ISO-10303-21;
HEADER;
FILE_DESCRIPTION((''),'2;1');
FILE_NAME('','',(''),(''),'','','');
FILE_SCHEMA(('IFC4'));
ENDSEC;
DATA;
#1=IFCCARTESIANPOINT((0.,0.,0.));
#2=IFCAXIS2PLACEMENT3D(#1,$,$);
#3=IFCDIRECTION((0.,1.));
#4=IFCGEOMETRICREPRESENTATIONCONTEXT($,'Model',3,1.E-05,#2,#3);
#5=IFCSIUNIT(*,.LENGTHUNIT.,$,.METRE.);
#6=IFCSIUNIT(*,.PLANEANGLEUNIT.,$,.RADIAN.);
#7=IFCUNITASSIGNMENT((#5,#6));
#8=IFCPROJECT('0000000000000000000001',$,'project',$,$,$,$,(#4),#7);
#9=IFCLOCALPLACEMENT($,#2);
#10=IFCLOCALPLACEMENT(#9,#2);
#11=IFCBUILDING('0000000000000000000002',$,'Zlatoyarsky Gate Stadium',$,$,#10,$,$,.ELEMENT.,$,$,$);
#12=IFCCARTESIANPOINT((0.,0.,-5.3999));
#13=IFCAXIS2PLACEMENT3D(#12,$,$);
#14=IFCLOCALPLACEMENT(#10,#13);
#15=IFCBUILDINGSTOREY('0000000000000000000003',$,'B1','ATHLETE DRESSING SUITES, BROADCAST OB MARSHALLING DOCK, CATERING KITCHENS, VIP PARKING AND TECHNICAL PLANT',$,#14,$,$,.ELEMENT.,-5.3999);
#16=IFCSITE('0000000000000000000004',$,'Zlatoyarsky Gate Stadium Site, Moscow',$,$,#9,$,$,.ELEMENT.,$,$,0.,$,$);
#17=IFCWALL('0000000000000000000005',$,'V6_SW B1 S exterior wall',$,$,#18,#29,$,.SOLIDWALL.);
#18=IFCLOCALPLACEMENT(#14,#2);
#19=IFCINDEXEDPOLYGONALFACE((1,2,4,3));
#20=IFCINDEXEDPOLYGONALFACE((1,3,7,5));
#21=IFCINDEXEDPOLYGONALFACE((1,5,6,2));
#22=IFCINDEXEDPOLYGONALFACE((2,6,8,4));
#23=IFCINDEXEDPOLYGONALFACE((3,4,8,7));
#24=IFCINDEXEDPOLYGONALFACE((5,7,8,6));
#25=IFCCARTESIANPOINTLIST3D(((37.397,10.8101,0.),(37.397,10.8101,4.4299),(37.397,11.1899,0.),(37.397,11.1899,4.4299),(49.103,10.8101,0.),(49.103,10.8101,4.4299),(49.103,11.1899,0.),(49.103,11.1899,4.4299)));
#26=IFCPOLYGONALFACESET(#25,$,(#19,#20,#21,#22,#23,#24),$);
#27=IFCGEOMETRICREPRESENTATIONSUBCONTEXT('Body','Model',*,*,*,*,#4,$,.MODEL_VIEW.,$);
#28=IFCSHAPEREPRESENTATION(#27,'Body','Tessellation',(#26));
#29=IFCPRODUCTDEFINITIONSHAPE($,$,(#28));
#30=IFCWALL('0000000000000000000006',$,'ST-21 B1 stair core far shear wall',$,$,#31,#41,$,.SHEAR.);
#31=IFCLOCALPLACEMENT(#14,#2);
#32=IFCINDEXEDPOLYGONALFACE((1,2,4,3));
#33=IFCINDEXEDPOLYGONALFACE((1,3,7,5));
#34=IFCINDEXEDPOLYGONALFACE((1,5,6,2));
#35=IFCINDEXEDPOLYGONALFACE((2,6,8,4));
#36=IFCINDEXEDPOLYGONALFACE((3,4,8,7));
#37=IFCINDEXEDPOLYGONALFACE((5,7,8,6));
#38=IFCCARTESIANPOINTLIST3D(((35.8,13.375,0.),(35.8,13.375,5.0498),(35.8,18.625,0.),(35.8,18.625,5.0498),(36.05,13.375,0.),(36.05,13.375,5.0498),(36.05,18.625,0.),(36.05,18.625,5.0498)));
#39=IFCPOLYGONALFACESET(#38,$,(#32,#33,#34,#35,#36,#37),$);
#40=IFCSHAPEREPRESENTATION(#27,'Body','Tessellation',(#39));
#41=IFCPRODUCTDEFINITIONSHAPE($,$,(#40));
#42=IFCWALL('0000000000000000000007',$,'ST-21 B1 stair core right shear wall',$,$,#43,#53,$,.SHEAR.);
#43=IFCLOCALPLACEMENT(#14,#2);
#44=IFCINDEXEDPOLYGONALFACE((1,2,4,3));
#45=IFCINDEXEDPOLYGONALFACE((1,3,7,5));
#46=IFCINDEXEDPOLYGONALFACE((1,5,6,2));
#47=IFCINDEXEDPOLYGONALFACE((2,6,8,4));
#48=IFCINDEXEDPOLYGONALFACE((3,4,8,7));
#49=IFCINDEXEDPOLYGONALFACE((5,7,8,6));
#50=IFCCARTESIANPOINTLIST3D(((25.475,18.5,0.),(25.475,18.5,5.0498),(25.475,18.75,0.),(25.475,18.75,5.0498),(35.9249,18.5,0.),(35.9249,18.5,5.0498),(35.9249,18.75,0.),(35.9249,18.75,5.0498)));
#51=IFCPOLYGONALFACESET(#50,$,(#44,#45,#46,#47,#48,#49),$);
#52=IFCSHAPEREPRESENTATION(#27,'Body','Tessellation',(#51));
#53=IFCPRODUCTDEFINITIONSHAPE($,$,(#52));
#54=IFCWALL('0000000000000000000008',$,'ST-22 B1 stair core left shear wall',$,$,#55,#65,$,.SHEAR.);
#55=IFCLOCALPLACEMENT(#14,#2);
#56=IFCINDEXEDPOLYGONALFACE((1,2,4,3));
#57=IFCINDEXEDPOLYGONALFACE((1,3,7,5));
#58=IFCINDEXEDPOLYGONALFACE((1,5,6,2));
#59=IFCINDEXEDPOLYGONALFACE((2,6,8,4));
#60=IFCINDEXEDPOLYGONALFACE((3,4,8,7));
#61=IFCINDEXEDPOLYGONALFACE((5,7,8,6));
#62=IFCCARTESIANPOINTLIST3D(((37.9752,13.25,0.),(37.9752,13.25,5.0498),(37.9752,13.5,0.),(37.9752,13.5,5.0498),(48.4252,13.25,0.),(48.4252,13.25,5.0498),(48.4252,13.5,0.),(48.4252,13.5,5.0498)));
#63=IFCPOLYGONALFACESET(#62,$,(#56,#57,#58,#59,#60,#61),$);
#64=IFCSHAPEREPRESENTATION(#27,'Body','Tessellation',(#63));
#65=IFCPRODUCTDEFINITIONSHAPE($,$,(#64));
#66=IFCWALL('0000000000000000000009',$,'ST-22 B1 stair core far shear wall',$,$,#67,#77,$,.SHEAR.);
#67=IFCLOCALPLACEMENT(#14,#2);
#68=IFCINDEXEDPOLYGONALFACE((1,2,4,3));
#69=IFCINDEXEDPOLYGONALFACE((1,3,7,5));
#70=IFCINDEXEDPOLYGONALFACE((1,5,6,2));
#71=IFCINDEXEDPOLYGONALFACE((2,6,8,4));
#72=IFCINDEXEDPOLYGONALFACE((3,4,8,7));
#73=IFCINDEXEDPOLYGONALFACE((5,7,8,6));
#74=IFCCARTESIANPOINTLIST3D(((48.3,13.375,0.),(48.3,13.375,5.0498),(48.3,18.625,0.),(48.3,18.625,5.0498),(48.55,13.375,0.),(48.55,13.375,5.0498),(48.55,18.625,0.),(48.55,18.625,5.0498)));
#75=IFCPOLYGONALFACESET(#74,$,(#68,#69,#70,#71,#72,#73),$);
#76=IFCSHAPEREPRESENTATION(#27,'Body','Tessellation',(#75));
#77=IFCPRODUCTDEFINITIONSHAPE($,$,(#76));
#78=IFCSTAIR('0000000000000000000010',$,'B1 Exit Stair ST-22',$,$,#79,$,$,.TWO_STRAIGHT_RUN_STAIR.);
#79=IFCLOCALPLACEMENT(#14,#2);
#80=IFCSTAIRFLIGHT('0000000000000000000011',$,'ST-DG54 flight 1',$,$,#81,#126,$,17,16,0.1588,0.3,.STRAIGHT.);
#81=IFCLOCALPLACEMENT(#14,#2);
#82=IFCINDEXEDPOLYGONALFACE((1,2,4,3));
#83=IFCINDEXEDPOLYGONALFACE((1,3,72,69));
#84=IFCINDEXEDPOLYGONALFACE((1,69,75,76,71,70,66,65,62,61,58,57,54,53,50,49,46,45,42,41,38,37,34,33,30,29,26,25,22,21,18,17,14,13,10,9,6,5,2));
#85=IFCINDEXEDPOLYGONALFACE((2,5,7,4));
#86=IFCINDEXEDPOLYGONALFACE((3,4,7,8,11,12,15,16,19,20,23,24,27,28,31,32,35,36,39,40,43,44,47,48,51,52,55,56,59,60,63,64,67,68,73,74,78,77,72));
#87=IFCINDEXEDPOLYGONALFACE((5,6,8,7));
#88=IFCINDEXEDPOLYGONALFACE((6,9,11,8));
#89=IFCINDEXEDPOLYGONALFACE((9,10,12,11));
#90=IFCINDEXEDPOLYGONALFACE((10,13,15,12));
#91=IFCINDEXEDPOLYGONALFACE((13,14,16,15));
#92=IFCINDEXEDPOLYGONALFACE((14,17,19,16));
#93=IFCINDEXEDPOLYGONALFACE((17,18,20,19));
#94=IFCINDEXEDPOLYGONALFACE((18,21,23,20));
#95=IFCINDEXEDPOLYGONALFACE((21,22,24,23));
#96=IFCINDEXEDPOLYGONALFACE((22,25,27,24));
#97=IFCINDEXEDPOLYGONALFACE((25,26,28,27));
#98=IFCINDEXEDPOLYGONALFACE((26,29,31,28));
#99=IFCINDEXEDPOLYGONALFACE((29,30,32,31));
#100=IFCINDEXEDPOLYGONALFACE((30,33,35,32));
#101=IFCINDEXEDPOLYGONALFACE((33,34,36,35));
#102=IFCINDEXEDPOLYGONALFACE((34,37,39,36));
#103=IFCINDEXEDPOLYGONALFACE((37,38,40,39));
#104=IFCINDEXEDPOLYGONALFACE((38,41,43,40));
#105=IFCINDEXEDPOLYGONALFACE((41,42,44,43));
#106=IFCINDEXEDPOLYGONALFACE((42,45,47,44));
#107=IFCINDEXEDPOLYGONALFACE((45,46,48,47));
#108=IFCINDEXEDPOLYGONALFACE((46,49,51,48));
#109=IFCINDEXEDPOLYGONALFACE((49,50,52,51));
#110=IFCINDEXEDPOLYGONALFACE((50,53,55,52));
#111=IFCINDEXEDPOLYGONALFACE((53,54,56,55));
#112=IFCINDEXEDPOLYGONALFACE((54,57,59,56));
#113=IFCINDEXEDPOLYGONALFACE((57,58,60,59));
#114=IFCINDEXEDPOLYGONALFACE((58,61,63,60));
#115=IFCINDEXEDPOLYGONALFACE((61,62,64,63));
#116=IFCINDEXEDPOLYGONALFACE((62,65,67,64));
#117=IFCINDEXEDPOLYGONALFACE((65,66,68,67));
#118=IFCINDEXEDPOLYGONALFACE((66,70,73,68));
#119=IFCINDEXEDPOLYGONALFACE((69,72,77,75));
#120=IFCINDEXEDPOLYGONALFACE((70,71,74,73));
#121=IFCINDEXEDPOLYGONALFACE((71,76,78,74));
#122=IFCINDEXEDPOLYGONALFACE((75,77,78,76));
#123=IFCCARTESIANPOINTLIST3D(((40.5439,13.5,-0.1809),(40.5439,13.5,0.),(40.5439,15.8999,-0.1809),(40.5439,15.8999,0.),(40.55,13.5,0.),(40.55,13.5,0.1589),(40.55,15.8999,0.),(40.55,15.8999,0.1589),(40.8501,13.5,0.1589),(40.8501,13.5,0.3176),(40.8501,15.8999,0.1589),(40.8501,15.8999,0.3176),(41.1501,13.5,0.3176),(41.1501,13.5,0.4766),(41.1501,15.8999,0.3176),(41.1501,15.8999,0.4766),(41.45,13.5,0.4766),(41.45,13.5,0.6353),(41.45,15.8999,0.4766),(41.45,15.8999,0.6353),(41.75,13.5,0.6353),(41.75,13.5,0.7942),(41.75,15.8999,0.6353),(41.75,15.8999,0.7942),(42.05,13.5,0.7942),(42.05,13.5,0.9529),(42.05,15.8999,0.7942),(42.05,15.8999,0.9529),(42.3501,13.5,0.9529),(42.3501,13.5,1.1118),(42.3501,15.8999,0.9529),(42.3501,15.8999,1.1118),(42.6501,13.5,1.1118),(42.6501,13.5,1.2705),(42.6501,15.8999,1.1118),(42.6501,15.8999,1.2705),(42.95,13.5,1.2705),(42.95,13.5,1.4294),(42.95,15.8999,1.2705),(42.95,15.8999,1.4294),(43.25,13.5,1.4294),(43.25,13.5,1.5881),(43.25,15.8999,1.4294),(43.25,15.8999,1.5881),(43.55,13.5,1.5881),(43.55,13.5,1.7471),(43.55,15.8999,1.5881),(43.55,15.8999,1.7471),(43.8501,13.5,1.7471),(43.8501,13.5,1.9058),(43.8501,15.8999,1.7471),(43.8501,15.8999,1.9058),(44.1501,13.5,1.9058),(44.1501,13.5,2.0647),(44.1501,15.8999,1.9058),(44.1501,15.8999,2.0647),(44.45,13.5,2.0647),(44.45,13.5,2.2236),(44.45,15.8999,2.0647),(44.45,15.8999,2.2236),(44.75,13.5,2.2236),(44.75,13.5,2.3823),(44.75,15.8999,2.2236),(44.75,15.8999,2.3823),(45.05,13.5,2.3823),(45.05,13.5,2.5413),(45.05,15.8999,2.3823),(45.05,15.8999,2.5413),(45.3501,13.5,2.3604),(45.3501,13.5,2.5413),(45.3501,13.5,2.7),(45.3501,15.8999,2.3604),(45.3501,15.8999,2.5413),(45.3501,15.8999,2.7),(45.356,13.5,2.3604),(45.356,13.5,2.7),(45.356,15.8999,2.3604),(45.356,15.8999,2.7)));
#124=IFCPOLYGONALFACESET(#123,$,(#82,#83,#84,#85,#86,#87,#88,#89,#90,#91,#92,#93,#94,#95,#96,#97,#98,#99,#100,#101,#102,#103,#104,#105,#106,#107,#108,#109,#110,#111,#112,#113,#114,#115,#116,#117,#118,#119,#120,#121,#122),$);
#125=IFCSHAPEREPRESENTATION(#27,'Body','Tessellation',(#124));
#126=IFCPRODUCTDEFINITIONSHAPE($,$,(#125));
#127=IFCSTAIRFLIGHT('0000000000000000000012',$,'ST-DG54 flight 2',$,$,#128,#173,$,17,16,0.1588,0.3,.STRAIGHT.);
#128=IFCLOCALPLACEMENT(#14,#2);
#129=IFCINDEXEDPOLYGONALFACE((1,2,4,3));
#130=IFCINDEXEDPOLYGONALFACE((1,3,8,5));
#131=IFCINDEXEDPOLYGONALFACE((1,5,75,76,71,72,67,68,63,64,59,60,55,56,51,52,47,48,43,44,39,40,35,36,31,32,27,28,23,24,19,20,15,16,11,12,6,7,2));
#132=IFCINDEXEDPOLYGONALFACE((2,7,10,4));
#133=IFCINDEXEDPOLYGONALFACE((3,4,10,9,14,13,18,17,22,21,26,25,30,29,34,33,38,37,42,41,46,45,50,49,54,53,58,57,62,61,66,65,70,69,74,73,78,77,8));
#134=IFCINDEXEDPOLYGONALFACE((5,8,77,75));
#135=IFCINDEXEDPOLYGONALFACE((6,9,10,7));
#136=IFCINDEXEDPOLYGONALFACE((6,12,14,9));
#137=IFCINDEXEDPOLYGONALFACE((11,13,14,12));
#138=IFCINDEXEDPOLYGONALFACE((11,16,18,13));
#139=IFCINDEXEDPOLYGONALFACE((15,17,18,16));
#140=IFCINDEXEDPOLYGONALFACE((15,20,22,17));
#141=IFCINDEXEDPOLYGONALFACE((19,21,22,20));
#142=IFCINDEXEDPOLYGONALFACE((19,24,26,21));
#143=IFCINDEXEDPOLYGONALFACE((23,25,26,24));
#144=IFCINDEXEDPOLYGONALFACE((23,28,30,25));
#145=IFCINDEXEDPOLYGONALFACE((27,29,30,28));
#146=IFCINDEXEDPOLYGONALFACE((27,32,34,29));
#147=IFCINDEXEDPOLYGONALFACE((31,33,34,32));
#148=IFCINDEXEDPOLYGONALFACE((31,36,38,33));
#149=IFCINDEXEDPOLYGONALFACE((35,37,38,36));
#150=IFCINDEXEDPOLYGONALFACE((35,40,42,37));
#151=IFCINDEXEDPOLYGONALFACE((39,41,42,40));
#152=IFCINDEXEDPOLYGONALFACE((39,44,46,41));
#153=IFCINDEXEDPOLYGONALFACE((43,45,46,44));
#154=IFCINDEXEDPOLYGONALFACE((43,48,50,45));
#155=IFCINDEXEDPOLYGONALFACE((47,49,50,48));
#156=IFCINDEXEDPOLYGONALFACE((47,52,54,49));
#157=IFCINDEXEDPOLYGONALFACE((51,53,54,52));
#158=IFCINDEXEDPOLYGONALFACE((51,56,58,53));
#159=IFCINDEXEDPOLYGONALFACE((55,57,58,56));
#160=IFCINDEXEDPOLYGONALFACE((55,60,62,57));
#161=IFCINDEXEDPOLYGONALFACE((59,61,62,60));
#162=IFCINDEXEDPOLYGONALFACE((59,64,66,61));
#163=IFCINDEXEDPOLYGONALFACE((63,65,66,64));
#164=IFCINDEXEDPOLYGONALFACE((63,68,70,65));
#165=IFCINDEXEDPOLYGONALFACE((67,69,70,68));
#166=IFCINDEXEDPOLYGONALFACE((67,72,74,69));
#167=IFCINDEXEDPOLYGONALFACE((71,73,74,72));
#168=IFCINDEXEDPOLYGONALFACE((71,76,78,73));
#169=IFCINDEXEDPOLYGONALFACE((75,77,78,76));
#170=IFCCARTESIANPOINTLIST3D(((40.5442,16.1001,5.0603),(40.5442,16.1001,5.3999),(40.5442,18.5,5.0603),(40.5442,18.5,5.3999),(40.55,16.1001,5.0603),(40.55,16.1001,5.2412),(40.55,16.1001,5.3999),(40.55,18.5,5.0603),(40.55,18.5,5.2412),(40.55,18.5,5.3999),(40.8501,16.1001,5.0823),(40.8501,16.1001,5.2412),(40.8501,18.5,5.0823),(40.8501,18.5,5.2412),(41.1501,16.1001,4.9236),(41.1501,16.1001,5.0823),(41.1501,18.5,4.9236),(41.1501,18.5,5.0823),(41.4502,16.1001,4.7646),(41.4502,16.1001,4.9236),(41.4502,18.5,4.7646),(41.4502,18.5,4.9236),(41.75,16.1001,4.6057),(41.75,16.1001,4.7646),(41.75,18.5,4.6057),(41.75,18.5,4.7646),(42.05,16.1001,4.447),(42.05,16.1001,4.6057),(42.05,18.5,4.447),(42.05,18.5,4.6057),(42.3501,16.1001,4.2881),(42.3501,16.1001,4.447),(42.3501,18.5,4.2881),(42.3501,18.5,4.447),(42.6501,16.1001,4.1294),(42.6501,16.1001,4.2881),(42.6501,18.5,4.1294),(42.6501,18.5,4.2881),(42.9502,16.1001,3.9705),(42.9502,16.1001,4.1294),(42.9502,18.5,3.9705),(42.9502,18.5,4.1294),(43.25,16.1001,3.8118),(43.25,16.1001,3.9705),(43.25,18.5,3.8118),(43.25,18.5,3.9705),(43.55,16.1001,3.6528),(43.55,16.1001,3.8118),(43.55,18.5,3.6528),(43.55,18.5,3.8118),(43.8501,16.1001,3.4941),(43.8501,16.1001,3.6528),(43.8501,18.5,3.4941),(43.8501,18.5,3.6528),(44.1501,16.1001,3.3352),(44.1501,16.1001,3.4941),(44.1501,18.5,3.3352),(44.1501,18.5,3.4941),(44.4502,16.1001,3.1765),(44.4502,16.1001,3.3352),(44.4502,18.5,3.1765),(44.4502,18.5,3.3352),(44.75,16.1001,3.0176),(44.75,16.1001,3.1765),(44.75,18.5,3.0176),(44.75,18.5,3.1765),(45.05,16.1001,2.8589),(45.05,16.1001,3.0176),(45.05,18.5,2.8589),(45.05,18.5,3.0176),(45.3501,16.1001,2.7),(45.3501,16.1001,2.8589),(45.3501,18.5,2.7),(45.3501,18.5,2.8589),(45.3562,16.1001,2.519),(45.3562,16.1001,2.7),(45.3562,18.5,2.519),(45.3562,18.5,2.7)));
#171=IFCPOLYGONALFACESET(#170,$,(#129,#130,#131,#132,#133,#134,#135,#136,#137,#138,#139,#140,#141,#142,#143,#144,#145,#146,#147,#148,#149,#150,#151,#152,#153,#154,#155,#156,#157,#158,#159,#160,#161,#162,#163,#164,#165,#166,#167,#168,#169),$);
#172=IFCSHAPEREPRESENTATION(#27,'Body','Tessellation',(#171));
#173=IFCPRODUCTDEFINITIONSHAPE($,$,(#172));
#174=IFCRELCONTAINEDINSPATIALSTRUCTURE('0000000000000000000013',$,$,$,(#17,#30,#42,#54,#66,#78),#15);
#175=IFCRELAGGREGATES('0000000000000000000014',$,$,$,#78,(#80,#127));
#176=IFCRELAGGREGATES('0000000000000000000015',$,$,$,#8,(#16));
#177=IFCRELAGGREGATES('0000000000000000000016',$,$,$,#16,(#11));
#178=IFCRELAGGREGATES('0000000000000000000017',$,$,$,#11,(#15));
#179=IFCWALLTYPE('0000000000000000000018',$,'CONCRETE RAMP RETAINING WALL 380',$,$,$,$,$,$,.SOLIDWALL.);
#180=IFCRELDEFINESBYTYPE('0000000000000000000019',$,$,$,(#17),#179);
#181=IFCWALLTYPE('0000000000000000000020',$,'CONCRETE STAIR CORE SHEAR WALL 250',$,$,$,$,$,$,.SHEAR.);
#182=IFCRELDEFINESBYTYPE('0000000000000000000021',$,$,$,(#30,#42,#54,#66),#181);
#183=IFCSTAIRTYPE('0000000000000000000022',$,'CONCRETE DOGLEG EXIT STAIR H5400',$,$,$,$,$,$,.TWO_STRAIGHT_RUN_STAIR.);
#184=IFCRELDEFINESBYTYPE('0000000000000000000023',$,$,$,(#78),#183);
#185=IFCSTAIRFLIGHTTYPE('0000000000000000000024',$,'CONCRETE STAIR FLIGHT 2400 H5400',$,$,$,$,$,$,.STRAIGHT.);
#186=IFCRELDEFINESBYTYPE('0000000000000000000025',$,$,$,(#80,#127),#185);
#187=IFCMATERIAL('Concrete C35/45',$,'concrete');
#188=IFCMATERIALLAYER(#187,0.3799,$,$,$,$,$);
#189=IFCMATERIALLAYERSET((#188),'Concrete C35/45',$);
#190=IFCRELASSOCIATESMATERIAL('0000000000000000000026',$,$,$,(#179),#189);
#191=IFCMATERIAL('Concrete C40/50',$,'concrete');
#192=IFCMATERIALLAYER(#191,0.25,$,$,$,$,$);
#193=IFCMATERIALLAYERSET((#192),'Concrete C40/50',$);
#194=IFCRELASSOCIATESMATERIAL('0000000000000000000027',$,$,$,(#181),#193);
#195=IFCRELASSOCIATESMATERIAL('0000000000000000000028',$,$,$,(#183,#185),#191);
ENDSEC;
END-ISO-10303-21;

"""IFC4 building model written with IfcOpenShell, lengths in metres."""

from ifc_helpers import new_model, si_unit, direction, frame, frame_2d, origin, place, context, subcontext, project, spatial, polyline, rectangle, outline, extrude, material, layer, layer_set, type_object, element, aggregate, save


model = new_model("IFC4")

# Units and contexts
model_context = context("Model", 3, precision=1e-05, world=origin(), true_north=direction((0.0, 1.0)))
body_context = subcontext(model_context, "Body", "Model", "MODEL_VIEW")
ifc_project = project(units=[si_unit("LENGTHUNIT", "METRE"), si_unit("PLANEANGLEUNIT", "RADIAN")], contexts=[model_context])

# Site, building, storey
site_placement = place(None, origin())
site = spatial("IfcSite", under=ifc_project, at=site_placement, Name="Zlatoyarsky Gate Stadium Site, Moscow", CompositionType="ELEMENT", RefElevation=0.0)
building_placement = place(site_placement, origin())
building = spatial("IfcBuilding", under=site, at=building_placement, Name="Zlatoyarsky Gate Stadium", CompositionType="ELEMENT")
storey_placement = place(building_placement, frame((0.0, 0.0, -5.3999)))
storey = spatial("IfcBuildingStorey", under=building, at=storey_placement, Name="B1", Description="ATHLETE DRESSING SUITES, BROADCAST OB MARSHALLING DOCK, CATERING KITCHENS, VIP PARKING AND TECHNICAL PLANT", CompositionType="ELEMENT", Elevation=-5.3999)

# Shared definitions
ifc_material_1 = material(Name="Concrete C35/45", Category="concrete")

# Shared definitions
ifc_material_2 = material(Name="Concrete C40/50", Category="concrete")

# Walls
ifc_layer_1 = layer(ifc_material_1, 0.3799)
ifc_layer_set_1 = layer_set([ifc_layer_1], Name="Concrete C35/45")
wall_type_1 = type_object("IfcWallType", Name="CONCRETE RAMP RETAINING WALL 380", PredefinedType="SOLIDWALL", material=ifc_layer_set_1)
wall_1_placement = place(storey_placement, frame((37.397, 11.0, 0.0), z_axis=(0.0, 0.0, 1.0), x_axis=(1.0, 0.0, 0.0)))
element("IfcWall", 1, at=wall_1_placement, inside=storey, type_object=wall_type_1, Name="V6_SW B1 S exterior wall", PredefinedType="SOLIDWALL", context=body_context, shape_type="SweptSolid", body=[
    extrude(rectangle(XDim=11.7061, YDim=0.3799, at=frame_2d((5.853, 0.0))), origin(), (0.0, 0.0, 1.0), 4.4299),
])
ifc_layer_2 = layer(ifc_material_2, 0.25)
ifc_layer_set_2 = layer_set([ifc_layer_2], Name="Concrete C40/50")
wall_type_2 = type_object("IfcWallType", Name="CONCRETE STAIR CORE SHEAR WALL 250", PredefinedType="SHEAR", material=ifc_layer_set_2)
wall_2_placement = place(storey_placement, frame((35.925, 13.375, 0.0), z_axis=(0.0, 0.0, 1.0), x_axis=(0.0, 1.0, 0.0)))
element("IfcWall", 2, at=wall_2_placement, inside=storey, type_object=wall_type_2, Name="ST-21 B1 stair core far shear wall", PredefinedType="SHEAR", context=body_context, shape_type="SweptSolid", body=[
    extrude(rectangle(XDim=5.25, YDim=0.25, at=frame_2d((2.625, 0.0))), origin(), (0.0, 0.0, 1.0), 5.0498),
])
for number, where, z_axis, x_axis, name in (
    (3, (35.925, 18.625, 0.0), (0.0, 0.0, 1.0), (-1.0, 0.0, 0.0), "ST-21 B1 stair core right shear wall"),
    (4, (37.9751, 13.375, 0.0), (0.0, 0.0, 1.0), (1.0, 0.0, 0.0), "ST-22 B1 stair core left shear wall"),
):
    element("IfcWall", number, at=place(storey_placement, frame(where, z_axis=z_axis, x_axis=x_axis)), inside=storey, type_object=wall_type_2, Name=name, PredefinedType="SHEAR", context=body_context, shape_type="SweptSolid", body=[
        extrude(rectangle(XDim=10.45, YDim=0.25, at=frame_2d((5.2251, 0.0))), origin(), (0.0, 0.0, 1.0), 5.0498),
    ])
wall_3_placement = place(storey_placement, frame((48.425, 13.375, 0.0), z_axis=(0.0, 0.0, 1.0), x_axis=(0.0, 1.0, 0.0)))
element("IfcWall", 5, at=wall_3_placement, inside=storey, type_object=wall_type_2, Name="ST-22 B1 stair core far shear wall", PredefinedType="SHEAR", context=body_context, shape_type="SweptSolid", body=[
    extrude(rectangle(XDim=5.25, YDim=0.25, at=frame_2d((2.625, 0.0))), origin(), (0.0, 0.0, 1.0), 5.0498),
])

# Stair, stair flights
stair_type = type_object("IfcStairType", Name="CONCRETE DOGLEG EXIT STAIR H5400", PredefinedType="TWO_STRAIGHT_RUN_STAIR", material=ifc_material_2)
stair_placement = place(storey_placement, origin())
stair = element("IfcStair", 6, at=stair_placement, inside=storey, type_object=stair_type, Name="B1 Exit Stair ST-22", PredefinedType="TWO_STRAIGHT_RUN_STAIR")
stair_flight_type = type_object("IfcStairFlightType", Name="CONCRETE STAIR FLIGHT 2400 H5400", PredefinedType="STRAIGHT", material=ifc_material_2)
stair_flight_1_placement = place(storey_placement, frame((40.55, 14.7, 0.0), z_axis=(0.0, 0.0, 1.0), x_axis=(1.0, 0.0, 0.0)))
stair_flight_1 = element("IfcStairFlight", 7, at=stair_flight_1_placement, type_object=stair_flight_type, Name="ST-DG54 flight 1", NumberOfRisers=17, NumberOfTreads=16, PredefinedType="STRAIGHT", RiserHeight=0.1588, TreadLength=0.3, context=body_context, shape_type="SweptSolid", body=[
    extrude(outline(polyline([(-0.0061, -0.1809), (-0.0061, 0.0), (0.0, 0.0), (0.0, 0.1589), (0.3, 0.1589), (0.3, 0.3176), (0.6001, 0.3176), (0.6001, 0.4766), (0.8999, 0.4766), (0.8999, 0.6353), (1.2, 0.6353), (1.2, 0.7942), (1.5, 0.7942), (1.5, 0.9529), (1.8, 0.9529), (1.8, 1.1118), (2.1001, 1.1118), (2.1001, 1.2705), (2.3999, 1.2705), (2.3999, 1.4294), (2.7, 1.4294), (2.7, 1.5881), (3.0, 1.5881), (3.0, 1.7471), (3.3, 1.7471), (3.3, 1.9058), (3.6001, 1.9058), (3.6001, 2.0647), (3.8999, 2.0647), (3.8999, 2.2236), (4.2, 2.2236), (4.2, 2.3823), (4.5, 2.3823), (4.5, 2.5413), (4.8, 2.5413), (4.8, 2.7), (4.8059, 2.7), (4.8059, 2.3604), (4.8, 2.3604), (-0.0061, -0.1809)])), frame((0.0, 1.2, 0.0), z_axis=(0.0, -1.0, 0.0), x_axis=(1.0, 0.0, 0.0)), (0.0, 0.0, 1.0), 2.3999),
])
stair_flight_2_placement = place(storey_placement, frame((45.3501, 17.3, 2.7), z_axis=(0.0, 0.0, 1.0), x_axis=(-1.0, 0.0, 0.0)))
stair_flight_2 = element("IfcStairFlight", 8, at=stair_flight_2_placement, type_object=stair_flight_type, Name="ST-DG54 flight 2", NumberOfRisers=17, NumberOfTreads=16, PredefinedType="STRAIGHT", RiserHeight=0.1588, TreadLength=0.3, context=body_context, shape_type="SweptSolid", body=[
    extrude(outline(polyline([(-0.0061, -0.1809), (-0.0061, 0.0), (0.0, 0.0), (0.0, 0.1589), (0.3, 0.1589), (0.3, 0.3176), (0.6001, 0.3176), (0.6001, 0.4766), (0.8999, 0.4766), (0.8999, 0.6353), (1.2, 0.6353), (1.2, 0.7942), (1.5, 0.7942), (1.5, 0.9529), (1.8, 0.9529), (1.8, 1.1118), (2.1001, 1.1118), (2.1001, 1.2705), (2.3999, 1.2705), (2.3999, 1.4294), (2.7, 1.4294), (2.7, 1.5881), (3.0, 1.5881), (3.0, 1.7471), (3.3, 1.7471), (3.3, 1.9058), (3.6001, 1.9058), (3.6001, 2.0647), (3.8999, 2.0647), (3.8999, 2.2236), (4.2, 2.2236), (4.2, 2.3823), (4.5, 2.3823), (4.5, 2.5413), (4.8, 2.5413), (4.8, 2.7), (4.8059, 2.7), (4.8059, 2.3604), (4.8, 2.3604), (-0.0061, -0.1809)])), frame((0.0, 1.2, 0.0), z_axis=(0.0, -1.0, 0.0), x_axis=(1.0, 0.0, 0.0)), (0.0, 0.0, 1.0), 2.3999),
])
aggregate(stair, [stair_flight_1, stair_flight_2])

save(model, "model.ifc")
